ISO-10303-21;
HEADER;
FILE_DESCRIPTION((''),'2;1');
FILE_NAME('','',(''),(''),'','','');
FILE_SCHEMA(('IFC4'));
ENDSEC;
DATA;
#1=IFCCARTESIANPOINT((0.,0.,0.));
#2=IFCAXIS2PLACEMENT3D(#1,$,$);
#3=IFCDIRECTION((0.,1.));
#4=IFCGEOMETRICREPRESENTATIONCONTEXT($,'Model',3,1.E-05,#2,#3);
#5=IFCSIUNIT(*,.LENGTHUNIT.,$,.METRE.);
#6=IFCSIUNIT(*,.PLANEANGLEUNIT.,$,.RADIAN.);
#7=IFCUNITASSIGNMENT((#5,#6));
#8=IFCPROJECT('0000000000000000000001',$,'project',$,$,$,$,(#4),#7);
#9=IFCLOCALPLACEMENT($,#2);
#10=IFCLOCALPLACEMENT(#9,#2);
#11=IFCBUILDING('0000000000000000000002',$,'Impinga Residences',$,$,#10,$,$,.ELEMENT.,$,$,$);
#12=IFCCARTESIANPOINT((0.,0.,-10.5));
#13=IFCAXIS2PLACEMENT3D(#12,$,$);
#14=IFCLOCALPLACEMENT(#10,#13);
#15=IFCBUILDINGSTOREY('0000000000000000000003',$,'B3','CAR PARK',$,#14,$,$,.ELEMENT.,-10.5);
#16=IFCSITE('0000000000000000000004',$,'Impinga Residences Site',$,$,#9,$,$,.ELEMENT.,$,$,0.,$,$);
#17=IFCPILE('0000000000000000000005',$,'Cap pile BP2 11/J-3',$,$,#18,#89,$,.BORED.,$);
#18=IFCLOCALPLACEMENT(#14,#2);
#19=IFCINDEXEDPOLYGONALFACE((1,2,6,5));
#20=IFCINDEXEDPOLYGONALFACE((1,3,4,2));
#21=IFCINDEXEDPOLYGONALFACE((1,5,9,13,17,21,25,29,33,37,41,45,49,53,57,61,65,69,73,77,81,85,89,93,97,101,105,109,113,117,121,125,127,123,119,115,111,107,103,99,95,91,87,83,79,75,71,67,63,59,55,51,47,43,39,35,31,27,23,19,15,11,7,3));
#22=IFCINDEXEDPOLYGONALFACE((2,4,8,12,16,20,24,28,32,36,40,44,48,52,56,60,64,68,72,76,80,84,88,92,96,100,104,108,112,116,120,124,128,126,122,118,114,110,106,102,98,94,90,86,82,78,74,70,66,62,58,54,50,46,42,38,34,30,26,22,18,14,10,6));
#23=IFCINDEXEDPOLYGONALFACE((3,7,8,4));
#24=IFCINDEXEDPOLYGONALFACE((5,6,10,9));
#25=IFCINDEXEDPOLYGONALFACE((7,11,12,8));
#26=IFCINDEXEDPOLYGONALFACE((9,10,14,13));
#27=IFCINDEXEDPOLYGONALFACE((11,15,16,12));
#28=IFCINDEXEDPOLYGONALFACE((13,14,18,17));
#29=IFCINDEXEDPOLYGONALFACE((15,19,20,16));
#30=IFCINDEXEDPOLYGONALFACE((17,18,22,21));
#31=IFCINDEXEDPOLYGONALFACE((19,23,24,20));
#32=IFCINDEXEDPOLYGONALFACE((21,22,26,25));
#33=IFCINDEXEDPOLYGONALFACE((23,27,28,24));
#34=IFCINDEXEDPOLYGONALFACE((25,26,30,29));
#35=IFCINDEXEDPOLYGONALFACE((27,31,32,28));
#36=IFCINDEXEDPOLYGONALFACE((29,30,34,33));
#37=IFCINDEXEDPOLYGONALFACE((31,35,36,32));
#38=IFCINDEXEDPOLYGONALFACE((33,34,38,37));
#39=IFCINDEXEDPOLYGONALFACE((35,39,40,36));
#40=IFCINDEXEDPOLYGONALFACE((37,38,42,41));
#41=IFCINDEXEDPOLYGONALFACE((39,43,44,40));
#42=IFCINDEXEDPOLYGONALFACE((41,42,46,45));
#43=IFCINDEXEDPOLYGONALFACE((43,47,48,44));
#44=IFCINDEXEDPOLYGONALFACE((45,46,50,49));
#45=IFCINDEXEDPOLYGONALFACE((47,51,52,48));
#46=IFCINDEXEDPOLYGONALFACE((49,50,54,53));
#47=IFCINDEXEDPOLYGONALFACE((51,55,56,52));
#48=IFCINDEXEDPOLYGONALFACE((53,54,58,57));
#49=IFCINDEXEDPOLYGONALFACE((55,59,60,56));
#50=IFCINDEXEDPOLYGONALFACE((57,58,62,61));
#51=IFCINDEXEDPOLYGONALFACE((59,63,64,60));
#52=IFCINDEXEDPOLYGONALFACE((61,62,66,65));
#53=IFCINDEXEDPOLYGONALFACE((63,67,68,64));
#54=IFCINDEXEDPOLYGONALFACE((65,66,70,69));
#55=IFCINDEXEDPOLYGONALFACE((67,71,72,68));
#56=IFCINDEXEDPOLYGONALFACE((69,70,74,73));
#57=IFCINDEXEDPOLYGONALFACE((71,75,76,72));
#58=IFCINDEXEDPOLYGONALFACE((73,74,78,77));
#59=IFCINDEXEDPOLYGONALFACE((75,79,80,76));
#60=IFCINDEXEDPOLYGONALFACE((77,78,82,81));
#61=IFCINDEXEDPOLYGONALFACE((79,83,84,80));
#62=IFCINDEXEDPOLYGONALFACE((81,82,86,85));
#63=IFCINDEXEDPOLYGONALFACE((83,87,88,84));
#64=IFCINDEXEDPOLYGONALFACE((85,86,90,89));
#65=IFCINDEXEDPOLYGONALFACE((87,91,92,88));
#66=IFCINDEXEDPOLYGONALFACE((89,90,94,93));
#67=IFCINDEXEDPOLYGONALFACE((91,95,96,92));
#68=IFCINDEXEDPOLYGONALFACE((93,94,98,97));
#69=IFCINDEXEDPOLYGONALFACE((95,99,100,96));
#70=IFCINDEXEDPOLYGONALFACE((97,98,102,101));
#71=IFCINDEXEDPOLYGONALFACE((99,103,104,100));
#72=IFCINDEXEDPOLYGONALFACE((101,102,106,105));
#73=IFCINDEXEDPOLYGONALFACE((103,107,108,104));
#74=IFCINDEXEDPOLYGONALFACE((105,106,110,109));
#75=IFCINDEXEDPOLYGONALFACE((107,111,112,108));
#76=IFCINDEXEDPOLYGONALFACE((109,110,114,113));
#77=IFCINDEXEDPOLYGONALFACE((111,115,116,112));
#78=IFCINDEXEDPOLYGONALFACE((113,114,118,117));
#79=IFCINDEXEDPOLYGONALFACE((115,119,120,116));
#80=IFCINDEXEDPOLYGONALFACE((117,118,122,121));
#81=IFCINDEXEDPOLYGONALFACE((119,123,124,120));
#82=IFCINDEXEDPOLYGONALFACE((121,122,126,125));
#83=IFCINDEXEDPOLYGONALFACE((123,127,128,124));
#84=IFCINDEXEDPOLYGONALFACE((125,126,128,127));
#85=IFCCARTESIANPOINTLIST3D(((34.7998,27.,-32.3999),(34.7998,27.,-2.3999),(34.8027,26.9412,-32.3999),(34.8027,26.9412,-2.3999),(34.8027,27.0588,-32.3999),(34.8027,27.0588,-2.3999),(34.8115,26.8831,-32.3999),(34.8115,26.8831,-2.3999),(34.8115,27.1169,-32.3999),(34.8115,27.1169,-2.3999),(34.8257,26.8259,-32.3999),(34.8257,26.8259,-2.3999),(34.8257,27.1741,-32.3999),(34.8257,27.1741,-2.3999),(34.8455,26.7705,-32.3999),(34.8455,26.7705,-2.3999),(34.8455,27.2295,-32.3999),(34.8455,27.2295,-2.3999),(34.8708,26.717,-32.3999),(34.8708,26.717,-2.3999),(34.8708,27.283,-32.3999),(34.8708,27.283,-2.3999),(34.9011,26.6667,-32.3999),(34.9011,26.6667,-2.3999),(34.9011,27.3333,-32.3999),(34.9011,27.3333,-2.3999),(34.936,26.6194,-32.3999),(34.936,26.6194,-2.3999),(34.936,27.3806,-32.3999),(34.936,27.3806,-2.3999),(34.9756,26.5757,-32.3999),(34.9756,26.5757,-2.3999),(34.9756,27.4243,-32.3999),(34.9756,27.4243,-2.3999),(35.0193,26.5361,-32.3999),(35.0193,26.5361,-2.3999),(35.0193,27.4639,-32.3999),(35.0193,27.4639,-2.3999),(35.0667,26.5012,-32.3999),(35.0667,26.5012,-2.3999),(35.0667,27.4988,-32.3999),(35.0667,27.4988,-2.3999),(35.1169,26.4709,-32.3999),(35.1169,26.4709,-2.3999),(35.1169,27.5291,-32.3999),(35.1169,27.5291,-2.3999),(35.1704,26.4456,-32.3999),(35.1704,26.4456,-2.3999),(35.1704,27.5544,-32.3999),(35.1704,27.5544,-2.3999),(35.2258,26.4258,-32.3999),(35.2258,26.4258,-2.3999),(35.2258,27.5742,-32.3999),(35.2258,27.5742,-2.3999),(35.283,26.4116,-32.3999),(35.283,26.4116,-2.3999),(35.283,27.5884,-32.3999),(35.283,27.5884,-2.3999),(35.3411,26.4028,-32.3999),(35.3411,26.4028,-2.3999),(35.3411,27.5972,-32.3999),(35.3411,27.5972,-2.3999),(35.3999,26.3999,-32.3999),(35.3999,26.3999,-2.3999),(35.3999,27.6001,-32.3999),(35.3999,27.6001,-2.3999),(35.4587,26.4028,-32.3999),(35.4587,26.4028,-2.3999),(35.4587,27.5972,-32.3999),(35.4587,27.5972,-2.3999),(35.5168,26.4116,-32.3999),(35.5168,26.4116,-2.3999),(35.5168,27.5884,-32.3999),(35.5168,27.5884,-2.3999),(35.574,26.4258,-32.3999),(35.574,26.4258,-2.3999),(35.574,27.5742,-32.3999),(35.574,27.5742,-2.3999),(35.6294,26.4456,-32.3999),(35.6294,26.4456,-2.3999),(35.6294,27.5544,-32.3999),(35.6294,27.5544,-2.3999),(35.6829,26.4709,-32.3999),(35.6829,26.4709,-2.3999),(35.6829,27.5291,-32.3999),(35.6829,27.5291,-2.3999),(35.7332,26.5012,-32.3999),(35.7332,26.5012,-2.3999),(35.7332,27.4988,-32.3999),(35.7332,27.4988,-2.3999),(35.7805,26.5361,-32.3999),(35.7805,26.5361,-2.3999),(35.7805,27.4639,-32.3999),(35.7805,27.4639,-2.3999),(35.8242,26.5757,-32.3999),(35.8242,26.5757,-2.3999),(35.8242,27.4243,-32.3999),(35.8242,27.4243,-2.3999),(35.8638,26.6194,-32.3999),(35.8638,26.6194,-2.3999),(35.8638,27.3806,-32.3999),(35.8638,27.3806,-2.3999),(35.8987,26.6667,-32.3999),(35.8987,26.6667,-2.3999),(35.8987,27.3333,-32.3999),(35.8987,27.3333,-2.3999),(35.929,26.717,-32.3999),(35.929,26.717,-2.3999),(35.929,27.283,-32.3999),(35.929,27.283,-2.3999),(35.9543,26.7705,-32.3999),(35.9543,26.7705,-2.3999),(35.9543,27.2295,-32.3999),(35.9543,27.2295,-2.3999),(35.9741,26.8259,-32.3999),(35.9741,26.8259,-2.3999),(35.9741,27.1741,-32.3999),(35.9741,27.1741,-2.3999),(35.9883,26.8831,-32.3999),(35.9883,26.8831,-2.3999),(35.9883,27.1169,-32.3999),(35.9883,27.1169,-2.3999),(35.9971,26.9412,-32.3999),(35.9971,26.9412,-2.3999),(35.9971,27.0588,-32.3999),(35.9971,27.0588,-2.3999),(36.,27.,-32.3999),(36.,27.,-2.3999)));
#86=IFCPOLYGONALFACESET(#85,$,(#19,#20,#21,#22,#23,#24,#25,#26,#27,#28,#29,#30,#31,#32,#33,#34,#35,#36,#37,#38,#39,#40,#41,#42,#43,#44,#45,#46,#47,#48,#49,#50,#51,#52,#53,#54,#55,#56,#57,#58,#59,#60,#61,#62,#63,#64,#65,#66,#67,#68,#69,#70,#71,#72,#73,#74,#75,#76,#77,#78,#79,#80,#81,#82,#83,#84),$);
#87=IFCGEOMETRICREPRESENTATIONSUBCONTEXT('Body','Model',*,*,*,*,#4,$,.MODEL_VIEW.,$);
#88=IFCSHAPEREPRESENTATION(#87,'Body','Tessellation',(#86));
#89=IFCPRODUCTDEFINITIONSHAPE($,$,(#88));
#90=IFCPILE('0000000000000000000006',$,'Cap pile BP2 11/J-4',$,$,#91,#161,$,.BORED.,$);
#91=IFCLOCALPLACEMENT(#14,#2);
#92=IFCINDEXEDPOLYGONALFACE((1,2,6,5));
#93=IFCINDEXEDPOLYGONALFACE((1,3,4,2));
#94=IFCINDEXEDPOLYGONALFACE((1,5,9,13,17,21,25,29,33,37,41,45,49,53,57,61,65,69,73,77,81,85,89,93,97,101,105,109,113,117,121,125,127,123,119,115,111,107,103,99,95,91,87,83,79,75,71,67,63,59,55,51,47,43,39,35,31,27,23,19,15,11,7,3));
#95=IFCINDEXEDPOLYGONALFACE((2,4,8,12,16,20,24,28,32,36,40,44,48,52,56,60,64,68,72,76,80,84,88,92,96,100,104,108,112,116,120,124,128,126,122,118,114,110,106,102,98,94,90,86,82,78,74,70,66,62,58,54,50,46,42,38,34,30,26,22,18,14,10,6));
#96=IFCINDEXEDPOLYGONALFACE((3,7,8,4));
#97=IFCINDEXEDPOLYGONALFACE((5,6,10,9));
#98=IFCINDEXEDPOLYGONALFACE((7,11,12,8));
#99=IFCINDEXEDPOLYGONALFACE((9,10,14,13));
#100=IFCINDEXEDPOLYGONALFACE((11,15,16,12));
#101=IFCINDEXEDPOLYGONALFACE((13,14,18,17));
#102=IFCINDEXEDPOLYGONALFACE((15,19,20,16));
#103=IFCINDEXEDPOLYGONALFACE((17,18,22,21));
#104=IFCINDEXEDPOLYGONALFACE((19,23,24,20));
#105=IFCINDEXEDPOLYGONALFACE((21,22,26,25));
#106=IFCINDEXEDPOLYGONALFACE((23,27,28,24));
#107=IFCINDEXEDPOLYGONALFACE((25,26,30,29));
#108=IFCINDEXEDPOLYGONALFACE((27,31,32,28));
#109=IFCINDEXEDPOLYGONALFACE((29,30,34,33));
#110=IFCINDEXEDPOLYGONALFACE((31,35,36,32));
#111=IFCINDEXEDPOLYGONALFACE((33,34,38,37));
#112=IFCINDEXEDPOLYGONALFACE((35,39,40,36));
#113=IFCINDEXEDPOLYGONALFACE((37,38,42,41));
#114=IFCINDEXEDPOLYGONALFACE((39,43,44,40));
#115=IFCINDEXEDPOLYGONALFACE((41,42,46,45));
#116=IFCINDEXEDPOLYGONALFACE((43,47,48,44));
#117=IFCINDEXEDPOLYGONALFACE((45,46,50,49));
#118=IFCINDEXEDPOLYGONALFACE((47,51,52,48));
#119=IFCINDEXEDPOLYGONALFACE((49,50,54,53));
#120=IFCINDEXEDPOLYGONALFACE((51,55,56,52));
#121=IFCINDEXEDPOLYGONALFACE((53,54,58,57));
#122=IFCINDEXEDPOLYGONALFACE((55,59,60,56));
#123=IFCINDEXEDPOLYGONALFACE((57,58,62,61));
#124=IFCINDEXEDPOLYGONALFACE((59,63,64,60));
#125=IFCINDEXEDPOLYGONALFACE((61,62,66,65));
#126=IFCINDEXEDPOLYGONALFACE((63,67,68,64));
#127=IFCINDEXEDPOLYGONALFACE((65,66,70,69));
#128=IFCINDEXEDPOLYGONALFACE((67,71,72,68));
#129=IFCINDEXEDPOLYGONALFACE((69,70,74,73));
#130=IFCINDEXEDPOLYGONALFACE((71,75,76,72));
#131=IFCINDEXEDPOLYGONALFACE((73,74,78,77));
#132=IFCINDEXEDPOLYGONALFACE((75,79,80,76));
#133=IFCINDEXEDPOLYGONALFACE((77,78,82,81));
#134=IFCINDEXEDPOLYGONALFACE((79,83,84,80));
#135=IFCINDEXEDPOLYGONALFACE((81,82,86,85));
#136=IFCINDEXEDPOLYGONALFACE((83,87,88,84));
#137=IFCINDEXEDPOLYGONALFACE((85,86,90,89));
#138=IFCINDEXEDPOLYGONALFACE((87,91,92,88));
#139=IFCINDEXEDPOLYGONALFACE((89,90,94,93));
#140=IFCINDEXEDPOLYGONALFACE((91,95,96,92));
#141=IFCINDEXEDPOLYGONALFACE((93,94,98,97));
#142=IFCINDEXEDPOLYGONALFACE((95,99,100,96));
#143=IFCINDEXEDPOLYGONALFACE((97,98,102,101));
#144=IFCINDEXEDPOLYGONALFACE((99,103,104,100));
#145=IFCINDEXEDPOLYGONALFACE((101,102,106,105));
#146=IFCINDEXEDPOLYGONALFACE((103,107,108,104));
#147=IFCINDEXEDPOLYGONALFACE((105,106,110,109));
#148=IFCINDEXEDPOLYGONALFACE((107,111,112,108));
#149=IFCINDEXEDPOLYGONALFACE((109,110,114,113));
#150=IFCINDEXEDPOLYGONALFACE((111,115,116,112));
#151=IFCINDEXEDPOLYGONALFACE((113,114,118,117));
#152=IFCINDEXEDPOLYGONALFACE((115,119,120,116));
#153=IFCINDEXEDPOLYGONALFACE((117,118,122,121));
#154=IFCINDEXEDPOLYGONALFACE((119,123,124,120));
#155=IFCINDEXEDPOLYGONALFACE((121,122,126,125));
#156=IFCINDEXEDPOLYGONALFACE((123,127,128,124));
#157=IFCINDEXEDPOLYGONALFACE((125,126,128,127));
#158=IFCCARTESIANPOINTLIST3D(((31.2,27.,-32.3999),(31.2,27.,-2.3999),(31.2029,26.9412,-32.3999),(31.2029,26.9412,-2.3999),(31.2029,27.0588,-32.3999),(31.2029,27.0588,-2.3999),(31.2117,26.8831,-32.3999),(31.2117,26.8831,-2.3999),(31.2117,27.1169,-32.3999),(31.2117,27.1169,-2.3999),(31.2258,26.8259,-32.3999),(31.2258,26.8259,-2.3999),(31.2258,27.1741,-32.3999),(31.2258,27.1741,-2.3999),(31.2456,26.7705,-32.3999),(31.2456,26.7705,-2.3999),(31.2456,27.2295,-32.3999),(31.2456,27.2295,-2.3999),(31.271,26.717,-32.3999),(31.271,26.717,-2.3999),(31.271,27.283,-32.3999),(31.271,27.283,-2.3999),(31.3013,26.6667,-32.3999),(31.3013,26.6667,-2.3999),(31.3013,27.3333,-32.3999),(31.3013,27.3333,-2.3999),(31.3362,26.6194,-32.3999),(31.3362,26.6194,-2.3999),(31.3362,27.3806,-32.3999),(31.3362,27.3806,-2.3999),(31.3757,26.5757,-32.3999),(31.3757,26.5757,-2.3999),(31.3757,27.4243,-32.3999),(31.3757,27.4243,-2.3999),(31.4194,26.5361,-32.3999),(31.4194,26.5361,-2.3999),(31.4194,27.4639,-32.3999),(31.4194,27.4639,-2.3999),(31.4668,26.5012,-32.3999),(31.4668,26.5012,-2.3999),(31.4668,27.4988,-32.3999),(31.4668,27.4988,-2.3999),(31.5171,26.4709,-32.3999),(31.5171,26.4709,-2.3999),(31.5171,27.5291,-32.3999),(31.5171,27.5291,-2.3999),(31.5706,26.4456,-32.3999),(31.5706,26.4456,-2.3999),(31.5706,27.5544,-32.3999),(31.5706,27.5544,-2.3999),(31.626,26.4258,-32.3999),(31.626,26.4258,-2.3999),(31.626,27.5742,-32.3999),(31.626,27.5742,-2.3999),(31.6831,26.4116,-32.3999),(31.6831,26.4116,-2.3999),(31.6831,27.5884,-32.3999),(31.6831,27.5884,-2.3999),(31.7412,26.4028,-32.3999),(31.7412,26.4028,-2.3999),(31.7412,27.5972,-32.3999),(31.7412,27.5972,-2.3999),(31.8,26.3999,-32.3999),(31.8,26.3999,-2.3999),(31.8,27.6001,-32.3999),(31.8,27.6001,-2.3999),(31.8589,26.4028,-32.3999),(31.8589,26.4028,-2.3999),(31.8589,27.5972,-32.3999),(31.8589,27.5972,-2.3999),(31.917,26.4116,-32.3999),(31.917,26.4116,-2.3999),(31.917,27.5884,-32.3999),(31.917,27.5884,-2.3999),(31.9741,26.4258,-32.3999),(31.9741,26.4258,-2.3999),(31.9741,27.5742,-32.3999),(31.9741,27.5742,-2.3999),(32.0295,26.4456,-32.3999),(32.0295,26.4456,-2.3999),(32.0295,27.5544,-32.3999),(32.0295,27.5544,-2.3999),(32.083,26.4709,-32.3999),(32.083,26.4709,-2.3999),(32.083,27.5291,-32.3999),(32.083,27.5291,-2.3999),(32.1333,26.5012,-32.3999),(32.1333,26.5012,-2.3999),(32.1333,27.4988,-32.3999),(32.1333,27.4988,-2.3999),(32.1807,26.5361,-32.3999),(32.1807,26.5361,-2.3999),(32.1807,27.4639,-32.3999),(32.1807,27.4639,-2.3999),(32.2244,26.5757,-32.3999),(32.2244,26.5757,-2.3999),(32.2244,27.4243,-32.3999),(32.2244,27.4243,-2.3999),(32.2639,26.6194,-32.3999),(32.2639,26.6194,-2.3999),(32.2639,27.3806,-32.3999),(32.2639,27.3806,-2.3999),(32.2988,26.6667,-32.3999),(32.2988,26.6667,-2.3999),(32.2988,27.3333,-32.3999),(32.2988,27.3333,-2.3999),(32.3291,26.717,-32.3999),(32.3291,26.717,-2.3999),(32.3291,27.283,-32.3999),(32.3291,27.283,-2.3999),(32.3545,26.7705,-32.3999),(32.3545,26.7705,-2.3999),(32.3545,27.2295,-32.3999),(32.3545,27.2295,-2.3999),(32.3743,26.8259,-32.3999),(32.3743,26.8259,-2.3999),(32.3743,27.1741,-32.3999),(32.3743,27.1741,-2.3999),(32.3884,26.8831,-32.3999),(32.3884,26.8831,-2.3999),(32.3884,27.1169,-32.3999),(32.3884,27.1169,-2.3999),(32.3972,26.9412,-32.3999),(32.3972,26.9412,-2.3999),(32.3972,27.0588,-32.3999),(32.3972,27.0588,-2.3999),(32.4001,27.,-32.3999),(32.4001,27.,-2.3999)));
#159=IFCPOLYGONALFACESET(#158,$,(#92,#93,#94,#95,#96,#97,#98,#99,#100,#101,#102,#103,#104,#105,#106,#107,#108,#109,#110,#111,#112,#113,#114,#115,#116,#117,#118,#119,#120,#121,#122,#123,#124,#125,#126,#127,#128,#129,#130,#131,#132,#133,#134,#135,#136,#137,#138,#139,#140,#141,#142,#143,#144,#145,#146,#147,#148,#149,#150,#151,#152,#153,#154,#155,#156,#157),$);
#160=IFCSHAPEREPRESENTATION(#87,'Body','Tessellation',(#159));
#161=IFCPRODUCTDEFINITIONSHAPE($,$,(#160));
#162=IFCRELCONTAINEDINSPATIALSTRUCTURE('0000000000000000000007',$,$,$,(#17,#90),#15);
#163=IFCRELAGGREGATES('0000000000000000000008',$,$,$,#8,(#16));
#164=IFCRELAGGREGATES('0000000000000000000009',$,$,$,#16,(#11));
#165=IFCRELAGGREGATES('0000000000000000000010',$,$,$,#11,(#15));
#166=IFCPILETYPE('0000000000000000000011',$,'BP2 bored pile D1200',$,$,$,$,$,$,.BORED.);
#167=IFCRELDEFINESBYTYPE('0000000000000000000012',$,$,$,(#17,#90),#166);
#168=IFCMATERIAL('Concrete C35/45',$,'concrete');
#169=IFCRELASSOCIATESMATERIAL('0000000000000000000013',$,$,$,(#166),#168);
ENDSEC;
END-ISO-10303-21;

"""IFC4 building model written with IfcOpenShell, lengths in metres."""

from ifc_helpers import new_model, si_unit, direction, frame, origin, origin_2d, place, context, subcontext, project, spatial, polyline, circle, outline, extrude, material, material_profile, profile_set, type_object, element, save


model = new_model("IFC4")

# Units and contexts
model_context = context("Model", 3, precision=1e-05, world=origin(), true_north=direction((0.0, 1.0)))
body_context = subcontext(model_context, "Body", "Model", "MODEL_VIEW")
ifc_project = project(units=[si_unit("LENGTHUNIT", "METRE"), si_unit("PLANEANGLEUNIT", "RADIAN")], contexts=[model_context])

# Site, building, storey
site_placement = place(None, origin())
site = spatial("IfcSite", under=ifc_project, at=site_placement, Name="Impinga Residences Site", CompositionType="ELEMENT", RefElevation=0.0)
building_placement = place(site_placement, origin())
building = spatial("IfcBuilding", under=site, at=building_placement, Name="Impinga Residences", CompositionType="ELEMENT")
storey_placement = place(building_placement, frame((0.0, 0.0, -10.5)))
storey = spatial("IfcBuildingStorey", under=building, at=storey_placement, Name="B3", Description="CAR PARK", CompositionType="ELEMENT", Elevation=-10.5)

# Piles
ifc_material_1 = material(Name="Concrete C35/45", Category="concrete")
ifc_material_profile_1 = material_profile(ifc_material_1, circle(Radius=0.6001, at=origin_2d()), Name="D1200")
ifc_profile_set_1 = profile_set([ifc_material_profile_1], Name="Concrete C35/45")
pile_type = type_object("IfcPileType", Name="BP2 bored pile D1200", PredefinedType="BORED", material=ifc_profile_set_1)
pile_1_placement = place(storey_placement, frame((35.3999, 27.0, -2.3999), z_axis=(0.0, 0.0, -1.0), x_axis=(1.0, 0.0, 0.0)))
element("IfcPile", 1, at=pile_1_placement, inside=storey, type_object=pile_type, Name="Cap pile BP2 11/J-3", PredefinedType="BORED", context=body_context, shape_type="SweptSolid", body=[
    extrude(outline(polyline([(0.6001, 0.0), (0.5972, 0.0588), (0.5884, 0.1169), (0.5742, 0.1741), (0.5544, 0.2295), (0.5291, 0.283), (0.4988, 0.3333), (0.4639, 0.3806), (0.4243, 0.4243), (0.3806, 0.4639), (0.3333, 0.4988), (0.283, 0.5291), (0.2295, 0.5544), (0.1741, 0.5742), (0.1169, 0.5884), (0.0588, 0.5972), (0.0, 0.6001), (-0.0588, 0.5972), (-0.1169, 0.5884), (-0.1741, 0.5742), (-0.2295, 0.5544), (-0.283, 0.5291), (-0.3333, 0.4988), (-0.3806, 0.4639), (-0.4243, 0.4243), (-0.4639, 0.3806), (-0.4988, 0.3333), (-0.5291, 0.283), (-0.5544, 0.2295), (-0.5742, 0.1741), (-0.5884, 0.1169), (-0.5972, 0.0588), (-0.6001, 0.0), (-0.5972, -0.0588), (-0.5884, -0.1169), (-0.5742, -0.1741), (-0.5544, -0.2295), (-0.5291, -0.283), (-0.4988, -0.3333), (-0.4639, -0.3806), (-0.4243, -0.4243), (-0.3806, -0.4639), (-0.3333, -0.4988), (-0.283, -0.5291), (-0.2295, -0.5544), (-0.1741, -0.5742), (-0.1169, -0.5884), (-0.0588, -0.5972), (0.0, -0.6001), (0.0588, -0.5972), (0.1169, -0.5884), (0.1741, -0.5742), (0.2295, -0.5544), (0.283, -0.5291), (0.3333, -0.4988), (0.3806, -0.4639), (0.4243, -0.4243), (0.4639, -0.3806), (0.4988, -0.3333), (0.5291, -0.283), (0.5544, -0.2295), (0.5742, -0.1741), (0.5884, -0.1169), (0.5972, -0.0588), (0.6001, 0.0)])), origin(), (0.0, 0.0, 1.0), 30.0),
])
pile_2_placement = place(storey_placement, frame((31.8, 27.0, -2.3999), z_axis=(0.0, 0.0, -1.0), x_axis=(1.0, 0.0, 0.0)))
element("IfcPile", 2, at=pile_2_placement, inside=storey, type_object=pile_type, Name="Cap pile BP2 11/J-4", PredefinedType="BORED", context=body_context, shape_type="SweptSolid", body=[
    extrude(outline(polyline([(0.6001, 0.0), (0.5972, 0.0588), (0.5884, 0.1169), (0.5742, 0.1741), (0.5544, 0.2295), (0.5291, 0.283), (0.4988, 0.3333), (0.4639, 0.3806), (0.4243, 0.4243), (0.3806, 0.4639), (0.3333, 0.4988), (0.283, 0.5291), (0.2295, 0.5544), (0.1741, 0.5742), (0.1169, 0.5884), (0.0588, 0.5972), (0.0, 0.6001), (-0.0588, 0.5972), (-0.1169, 0.5884), (-0.1741, 0.5742), (-0.2295, 0.5544), (-0.283, 0.5291), (-0.3333, 0.4988), (-0.3806, 0.4639), (-0.4243, 0.4243), (-0.4639, 0.3806), (-0.4988, 0.3333), (-0.5291, 0.283), (-0.5544, 0.2295), (-0.5742, 0.1741), (-0.5884, 0.1169), (-0.5972, 0.0588), (-0.6001, 0.0), (-0.5972, -0.0588), (-0.5884, -0.1169), (-0.5742, -0.1741), (-0.5544, -0.2295), (-0.5291, -0.283), (-0.4988, -0.3333), (-0.4639, -0.3806), (-0.4243, -0.4243), (-0.3806, -0.4639), (-0.3333, -0.4988), (-0.283, -0.5291), (-0.2295, -0.5544), (-0.1741, -0.5742), (-0.1169, -0.5884), (-0.0588, -0.5972), (0.0, -0.6001), (0.0588, -0.5972), (0.1169, -0.5884), (0.1741, -0.5742), (0.2295, -0.5544), (0.283, -0.5291), (0.3333, -0.4988), (0.3806, -0.4639), (0.4243, -0.4243), (0.4639, -0.3806), (0.4988, -0.3333), (0.5291, -0.283), (0.5544, -0.2295), (0.5742, -0.1741), (0.5884, -0.1169), (0.5972, -0.0588), (0.6001, 0.0)])), origin(), (0.0, 0.0, 1.0), 30.0),
])

save(model, "model.ifc")
